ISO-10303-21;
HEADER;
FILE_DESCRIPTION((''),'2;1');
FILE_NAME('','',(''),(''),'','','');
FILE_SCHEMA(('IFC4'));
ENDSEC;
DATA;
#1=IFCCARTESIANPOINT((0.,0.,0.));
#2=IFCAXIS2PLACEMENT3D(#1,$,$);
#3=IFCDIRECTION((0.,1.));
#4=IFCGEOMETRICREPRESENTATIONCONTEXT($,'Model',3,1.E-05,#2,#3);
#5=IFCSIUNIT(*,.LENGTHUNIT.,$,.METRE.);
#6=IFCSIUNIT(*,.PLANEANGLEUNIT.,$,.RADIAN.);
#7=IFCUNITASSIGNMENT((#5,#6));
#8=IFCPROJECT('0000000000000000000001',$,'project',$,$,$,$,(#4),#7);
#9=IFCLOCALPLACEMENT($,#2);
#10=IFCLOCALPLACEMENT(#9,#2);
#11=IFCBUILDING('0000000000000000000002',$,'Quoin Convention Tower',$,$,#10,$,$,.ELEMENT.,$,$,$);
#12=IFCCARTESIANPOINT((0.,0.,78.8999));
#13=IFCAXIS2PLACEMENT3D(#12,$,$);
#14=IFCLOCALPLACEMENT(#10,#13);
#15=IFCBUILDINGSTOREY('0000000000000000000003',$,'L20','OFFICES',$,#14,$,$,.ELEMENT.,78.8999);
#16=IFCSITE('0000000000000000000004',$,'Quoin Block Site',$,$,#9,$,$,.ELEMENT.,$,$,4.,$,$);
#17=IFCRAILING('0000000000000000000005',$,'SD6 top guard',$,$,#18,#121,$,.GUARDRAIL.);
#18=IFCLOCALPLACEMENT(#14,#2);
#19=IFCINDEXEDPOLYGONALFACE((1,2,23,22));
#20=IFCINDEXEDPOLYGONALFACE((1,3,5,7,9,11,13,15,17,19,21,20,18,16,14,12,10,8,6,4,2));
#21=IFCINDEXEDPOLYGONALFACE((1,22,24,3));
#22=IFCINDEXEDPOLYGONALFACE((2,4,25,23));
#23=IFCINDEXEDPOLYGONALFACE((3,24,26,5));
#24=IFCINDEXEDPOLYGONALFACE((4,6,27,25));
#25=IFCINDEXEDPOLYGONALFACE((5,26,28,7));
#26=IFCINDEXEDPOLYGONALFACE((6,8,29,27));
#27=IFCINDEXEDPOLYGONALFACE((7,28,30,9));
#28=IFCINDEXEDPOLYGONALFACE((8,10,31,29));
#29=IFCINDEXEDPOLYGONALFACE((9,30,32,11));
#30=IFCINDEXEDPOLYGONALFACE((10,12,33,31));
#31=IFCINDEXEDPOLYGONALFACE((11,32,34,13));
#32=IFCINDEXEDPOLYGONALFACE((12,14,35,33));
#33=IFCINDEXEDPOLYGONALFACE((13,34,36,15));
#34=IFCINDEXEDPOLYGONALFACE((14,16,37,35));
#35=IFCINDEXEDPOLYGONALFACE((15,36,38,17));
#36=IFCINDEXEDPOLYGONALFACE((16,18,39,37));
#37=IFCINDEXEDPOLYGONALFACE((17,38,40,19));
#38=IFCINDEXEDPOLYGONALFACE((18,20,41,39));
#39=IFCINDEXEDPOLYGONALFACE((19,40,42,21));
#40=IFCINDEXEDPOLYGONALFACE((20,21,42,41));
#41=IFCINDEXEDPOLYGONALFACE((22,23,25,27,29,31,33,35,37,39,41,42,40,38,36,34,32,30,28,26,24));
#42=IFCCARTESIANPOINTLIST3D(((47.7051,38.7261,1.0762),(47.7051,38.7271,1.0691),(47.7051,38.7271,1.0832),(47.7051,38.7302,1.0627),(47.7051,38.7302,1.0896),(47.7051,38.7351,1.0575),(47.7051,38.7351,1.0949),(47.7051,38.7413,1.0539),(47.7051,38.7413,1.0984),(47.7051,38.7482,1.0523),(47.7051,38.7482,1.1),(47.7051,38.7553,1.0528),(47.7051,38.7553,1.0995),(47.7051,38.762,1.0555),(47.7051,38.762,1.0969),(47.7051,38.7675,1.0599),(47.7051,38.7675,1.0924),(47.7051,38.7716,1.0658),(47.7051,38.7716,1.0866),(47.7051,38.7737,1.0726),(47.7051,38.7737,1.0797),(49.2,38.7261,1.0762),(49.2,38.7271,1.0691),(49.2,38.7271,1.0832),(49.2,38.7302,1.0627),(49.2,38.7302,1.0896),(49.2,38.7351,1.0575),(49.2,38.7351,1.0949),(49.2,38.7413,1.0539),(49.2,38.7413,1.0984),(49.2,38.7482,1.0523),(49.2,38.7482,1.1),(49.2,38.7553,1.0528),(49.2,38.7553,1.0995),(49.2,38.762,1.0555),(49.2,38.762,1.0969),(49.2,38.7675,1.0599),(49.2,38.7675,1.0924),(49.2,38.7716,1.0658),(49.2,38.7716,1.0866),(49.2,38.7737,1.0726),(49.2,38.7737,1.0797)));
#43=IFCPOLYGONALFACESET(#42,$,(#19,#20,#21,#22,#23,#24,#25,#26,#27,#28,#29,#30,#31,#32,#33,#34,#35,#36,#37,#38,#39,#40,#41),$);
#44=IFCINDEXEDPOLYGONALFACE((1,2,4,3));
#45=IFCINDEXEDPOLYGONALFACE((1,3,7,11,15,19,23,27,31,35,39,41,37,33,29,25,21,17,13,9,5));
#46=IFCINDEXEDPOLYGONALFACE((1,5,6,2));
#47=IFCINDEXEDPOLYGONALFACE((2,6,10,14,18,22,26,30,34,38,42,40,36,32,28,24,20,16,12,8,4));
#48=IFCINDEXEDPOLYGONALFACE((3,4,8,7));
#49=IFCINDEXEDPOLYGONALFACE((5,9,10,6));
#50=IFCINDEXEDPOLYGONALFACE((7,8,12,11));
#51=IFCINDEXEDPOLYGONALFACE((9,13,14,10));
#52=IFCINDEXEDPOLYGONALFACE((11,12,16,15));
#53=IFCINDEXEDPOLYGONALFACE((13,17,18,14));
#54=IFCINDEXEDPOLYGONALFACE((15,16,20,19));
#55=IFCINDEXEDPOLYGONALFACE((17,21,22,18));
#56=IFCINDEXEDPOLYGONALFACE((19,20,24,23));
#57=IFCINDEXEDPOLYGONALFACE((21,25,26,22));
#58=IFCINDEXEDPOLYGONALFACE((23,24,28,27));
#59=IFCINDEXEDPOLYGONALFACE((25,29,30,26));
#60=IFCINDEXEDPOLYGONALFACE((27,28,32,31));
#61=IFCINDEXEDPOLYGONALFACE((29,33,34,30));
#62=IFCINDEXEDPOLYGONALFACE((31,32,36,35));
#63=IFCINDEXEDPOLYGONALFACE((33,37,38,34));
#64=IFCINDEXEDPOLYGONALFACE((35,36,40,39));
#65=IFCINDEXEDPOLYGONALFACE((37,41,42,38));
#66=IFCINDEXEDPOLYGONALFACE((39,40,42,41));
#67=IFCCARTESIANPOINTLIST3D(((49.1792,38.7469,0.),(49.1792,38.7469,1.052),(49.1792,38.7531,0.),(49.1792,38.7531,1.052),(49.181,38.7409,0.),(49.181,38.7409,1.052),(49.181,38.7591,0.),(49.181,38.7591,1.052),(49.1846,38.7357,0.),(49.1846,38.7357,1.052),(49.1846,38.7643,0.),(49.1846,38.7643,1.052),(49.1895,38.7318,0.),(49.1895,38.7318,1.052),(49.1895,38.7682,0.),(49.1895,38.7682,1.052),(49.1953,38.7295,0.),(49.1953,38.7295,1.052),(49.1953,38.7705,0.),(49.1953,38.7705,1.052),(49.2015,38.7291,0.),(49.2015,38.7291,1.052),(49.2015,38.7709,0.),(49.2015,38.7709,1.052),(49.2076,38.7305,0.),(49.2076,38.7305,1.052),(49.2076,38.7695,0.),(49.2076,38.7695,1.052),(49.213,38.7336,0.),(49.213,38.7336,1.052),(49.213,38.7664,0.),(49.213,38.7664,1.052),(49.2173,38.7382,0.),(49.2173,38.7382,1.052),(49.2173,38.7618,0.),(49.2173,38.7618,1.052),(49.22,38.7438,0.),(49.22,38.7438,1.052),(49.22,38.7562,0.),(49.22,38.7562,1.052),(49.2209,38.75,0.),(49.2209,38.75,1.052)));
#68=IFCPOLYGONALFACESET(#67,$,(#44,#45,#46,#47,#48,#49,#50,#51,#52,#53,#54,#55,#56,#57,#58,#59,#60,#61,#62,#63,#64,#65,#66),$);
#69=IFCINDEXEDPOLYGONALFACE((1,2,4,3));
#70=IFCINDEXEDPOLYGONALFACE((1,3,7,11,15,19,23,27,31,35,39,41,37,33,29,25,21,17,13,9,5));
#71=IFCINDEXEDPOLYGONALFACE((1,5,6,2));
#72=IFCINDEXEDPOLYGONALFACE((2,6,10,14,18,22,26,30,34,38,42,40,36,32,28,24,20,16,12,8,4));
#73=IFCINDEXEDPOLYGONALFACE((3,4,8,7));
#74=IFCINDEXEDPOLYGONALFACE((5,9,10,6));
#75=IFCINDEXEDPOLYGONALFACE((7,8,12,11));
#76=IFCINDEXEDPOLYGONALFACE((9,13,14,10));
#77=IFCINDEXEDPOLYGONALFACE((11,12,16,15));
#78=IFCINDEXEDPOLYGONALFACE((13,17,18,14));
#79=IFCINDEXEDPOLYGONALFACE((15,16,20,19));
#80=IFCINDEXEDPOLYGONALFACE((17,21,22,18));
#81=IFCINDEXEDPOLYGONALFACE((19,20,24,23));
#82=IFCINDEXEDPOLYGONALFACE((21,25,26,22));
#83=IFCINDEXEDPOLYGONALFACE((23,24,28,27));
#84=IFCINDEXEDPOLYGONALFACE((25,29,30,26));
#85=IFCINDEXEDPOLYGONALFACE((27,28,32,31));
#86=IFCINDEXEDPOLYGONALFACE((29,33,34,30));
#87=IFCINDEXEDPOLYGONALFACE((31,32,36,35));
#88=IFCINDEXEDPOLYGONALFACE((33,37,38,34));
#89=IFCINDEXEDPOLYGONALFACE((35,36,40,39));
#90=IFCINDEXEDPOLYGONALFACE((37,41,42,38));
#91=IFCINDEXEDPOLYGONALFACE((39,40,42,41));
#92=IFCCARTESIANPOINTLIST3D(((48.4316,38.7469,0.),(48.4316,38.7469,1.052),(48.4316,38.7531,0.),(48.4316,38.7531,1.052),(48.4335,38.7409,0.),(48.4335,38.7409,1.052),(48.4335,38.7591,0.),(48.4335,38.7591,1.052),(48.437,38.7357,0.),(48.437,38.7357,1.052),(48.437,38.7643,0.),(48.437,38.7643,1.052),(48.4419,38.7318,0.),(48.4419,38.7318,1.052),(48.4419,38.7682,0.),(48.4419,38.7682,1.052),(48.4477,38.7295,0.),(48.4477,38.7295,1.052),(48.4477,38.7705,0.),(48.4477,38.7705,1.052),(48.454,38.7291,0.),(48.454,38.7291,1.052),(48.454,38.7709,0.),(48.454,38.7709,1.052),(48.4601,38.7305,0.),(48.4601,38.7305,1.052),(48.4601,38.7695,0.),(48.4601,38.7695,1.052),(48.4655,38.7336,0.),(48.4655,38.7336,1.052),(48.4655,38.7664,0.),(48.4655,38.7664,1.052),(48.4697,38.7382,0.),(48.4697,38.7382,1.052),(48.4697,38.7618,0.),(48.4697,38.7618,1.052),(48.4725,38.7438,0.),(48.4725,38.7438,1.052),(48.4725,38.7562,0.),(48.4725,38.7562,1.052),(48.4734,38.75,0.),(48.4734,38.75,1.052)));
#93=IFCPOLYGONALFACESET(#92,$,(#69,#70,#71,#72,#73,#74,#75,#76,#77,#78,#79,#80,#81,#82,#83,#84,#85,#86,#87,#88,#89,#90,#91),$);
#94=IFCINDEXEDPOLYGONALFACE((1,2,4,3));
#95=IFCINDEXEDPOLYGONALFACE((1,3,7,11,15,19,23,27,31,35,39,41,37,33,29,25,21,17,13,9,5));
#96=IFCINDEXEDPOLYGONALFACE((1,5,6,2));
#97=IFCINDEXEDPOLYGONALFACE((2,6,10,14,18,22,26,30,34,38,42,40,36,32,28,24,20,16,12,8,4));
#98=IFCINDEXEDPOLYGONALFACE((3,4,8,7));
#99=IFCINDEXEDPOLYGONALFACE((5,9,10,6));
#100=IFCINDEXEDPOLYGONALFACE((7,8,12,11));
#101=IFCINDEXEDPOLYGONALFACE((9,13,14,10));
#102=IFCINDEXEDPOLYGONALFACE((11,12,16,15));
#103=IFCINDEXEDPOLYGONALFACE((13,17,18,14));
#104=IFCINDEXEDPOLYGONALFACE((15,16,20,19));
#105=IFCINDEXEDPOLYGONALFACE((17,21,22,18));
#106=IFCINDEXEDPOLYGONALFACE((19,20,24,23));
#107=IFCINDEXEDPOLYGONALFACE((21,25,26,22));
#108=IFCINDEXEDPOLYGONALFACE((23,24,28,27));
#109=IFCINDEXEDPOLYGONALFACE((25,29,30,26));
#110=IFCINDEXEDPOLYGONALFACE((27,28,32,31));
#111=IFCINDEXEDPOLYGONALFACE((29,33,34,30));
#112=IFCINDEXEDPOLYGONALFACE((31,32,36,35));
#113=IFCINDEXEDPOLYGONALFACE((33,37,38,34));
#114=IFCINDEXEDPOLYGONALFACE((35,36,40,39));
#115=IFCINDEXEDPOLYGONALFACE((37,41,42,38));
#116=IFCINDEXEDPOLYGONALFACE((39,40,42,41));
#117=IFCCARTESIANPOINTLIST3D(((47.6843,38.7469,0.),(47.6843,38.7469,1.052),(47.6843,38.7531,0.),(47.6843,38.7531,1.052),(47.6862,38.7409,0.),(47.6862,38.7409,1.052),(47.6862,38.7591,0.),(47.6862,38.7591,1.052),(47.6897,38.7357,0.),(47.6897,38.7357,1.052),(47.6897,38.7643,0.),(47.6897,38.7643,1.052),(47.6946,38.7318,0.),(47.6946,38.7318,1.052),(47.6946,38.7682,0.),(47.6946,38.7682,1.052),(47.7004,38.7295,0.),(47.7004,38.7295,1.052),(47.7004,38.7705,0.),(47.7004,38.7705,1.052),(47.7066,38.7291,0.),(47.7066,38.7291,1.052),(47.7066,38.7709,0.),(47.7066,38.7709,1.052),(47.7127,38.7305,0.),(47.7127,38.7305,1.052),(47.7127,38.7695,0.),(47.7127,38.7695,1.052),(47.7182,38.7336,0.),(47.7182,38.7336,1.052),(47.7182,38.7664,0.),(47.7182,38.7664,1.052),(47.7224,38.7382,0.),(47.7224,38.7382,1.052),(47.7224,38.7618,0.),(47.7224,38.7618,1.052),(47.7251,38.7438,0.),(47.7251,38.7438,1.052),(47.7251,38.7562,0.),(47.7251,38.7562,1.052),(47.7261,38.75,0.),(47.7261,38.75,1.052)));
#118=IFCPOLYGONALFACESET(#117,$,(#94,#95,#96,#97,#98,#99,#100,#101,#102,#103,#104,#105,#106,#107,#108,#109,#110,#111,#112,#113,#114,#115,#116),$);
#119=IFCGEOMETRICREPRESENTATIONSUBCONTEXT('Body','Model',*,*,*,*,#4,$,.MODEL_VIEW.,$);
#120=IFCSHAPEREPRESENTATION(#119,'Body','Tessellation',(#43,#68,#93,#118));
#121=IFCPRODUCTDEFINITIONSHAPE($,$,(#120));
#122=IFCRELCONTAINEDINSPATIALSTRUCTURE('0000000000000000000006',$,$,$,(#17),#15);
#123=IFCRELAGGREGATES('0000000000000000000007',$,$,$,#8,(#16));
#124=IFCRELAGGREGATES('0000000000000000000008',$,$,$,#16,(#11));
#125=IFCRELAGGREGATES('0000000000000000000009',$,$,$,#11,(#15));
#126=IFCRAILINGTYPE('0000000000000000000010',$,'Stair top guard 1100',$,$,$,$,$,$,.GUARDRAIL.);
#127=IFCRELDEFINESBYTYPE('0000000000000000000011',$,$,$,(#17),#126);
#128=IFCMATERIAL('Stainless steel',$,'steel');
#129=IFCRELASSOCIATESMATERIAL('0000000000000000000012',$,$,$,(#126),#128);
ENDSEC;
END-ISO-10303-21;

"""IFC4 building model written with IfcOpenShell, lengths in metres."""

from ifc_helpers import new_model, si_unit, direction, frame, origin, origin_2d, place, context, subcontext, project, spatial, circle, extrude, material, type_object, element, save


model = new_model("IFC4")

# Units and contexts
model_context = context("Model", 3, precision=1e-05, world=origin(), true_north=direction((0.0, 1.0)))
body_context = subcontext(model_context, "Body", "Model", "MODEL_VIEW")
ifc_project = project(units=[si_unit("LENGTHUNIT", "METRE"), si_unit("PLANEANGLEUNIT", "RADIAN")], contexts=[model_context])

# Site, building, storey
site_placement = place(None, origin())
site = spatial("IfcSite", under=ifc_project, at=site_placement, Name="Quoin Block Site", CompositionType="ELEMENT", RefElevation=4.0)
building_placement = place(site_placement, origin())
building = spatial("IfcBuilding", under=site, at=building_placement, Name="Quoin Convention Tower", CompositionType="ELEMENT")
storey_placement = place(building_placement, frame((0.0, 0.0, 78.8999)))
storey = spatial("IfcBuildingStorey", under=building, at=storey_placement, Name="L20", Description="OFFICES", CompositionType="ELEMENT", Elevation=78.8999)

# Railing
ifc_material_1 = material(Name="Stainless steel", Category="steel")
railing_type_1 = type_object("IfcRailingType", Name="Stair top guard 1100", PredefinedType="GUARDRAIL", material=ifc_material_1)
railing_1_placement = place(storey_placement, frame((49.2, 38.75, 0.0)))
element("IfcRailing", 1, at=railing_1_placement, inside=storey, type_object=railing_type_1, Name="SD6 top guard", PredefinedType="GUARDRAIL", context=body_context, shape_type="SweptSolid", body=[
    extrude(circle(Radius=0.0239, at=origin_2d()), frame((0.0, 0.0, 1.0762), z_axis=(-1.0, 0.0, 0.0), x_axis=(0.0, -1.0, 0.0)), (0.0, 0.0, 1.0), 1.4949),
    extrude(circle(Radius=0.021, at=origin_2d()), origin(), (0.0, 0.0, 1.0), 1.052),
    extrude(circle(Radius=0.021, at=origin_2d()), frame((-0.7476, 0.0, 0.0)), (0.0, 0.0, 1.0), 1.052),
    extrude(circle(Radius=0.021, at=origin_2d()), frame((-1.4949, 0.0, 0.0)), (0.0, 0.0, 1.0), 1.052),
])

save(model, "model.ifc")
